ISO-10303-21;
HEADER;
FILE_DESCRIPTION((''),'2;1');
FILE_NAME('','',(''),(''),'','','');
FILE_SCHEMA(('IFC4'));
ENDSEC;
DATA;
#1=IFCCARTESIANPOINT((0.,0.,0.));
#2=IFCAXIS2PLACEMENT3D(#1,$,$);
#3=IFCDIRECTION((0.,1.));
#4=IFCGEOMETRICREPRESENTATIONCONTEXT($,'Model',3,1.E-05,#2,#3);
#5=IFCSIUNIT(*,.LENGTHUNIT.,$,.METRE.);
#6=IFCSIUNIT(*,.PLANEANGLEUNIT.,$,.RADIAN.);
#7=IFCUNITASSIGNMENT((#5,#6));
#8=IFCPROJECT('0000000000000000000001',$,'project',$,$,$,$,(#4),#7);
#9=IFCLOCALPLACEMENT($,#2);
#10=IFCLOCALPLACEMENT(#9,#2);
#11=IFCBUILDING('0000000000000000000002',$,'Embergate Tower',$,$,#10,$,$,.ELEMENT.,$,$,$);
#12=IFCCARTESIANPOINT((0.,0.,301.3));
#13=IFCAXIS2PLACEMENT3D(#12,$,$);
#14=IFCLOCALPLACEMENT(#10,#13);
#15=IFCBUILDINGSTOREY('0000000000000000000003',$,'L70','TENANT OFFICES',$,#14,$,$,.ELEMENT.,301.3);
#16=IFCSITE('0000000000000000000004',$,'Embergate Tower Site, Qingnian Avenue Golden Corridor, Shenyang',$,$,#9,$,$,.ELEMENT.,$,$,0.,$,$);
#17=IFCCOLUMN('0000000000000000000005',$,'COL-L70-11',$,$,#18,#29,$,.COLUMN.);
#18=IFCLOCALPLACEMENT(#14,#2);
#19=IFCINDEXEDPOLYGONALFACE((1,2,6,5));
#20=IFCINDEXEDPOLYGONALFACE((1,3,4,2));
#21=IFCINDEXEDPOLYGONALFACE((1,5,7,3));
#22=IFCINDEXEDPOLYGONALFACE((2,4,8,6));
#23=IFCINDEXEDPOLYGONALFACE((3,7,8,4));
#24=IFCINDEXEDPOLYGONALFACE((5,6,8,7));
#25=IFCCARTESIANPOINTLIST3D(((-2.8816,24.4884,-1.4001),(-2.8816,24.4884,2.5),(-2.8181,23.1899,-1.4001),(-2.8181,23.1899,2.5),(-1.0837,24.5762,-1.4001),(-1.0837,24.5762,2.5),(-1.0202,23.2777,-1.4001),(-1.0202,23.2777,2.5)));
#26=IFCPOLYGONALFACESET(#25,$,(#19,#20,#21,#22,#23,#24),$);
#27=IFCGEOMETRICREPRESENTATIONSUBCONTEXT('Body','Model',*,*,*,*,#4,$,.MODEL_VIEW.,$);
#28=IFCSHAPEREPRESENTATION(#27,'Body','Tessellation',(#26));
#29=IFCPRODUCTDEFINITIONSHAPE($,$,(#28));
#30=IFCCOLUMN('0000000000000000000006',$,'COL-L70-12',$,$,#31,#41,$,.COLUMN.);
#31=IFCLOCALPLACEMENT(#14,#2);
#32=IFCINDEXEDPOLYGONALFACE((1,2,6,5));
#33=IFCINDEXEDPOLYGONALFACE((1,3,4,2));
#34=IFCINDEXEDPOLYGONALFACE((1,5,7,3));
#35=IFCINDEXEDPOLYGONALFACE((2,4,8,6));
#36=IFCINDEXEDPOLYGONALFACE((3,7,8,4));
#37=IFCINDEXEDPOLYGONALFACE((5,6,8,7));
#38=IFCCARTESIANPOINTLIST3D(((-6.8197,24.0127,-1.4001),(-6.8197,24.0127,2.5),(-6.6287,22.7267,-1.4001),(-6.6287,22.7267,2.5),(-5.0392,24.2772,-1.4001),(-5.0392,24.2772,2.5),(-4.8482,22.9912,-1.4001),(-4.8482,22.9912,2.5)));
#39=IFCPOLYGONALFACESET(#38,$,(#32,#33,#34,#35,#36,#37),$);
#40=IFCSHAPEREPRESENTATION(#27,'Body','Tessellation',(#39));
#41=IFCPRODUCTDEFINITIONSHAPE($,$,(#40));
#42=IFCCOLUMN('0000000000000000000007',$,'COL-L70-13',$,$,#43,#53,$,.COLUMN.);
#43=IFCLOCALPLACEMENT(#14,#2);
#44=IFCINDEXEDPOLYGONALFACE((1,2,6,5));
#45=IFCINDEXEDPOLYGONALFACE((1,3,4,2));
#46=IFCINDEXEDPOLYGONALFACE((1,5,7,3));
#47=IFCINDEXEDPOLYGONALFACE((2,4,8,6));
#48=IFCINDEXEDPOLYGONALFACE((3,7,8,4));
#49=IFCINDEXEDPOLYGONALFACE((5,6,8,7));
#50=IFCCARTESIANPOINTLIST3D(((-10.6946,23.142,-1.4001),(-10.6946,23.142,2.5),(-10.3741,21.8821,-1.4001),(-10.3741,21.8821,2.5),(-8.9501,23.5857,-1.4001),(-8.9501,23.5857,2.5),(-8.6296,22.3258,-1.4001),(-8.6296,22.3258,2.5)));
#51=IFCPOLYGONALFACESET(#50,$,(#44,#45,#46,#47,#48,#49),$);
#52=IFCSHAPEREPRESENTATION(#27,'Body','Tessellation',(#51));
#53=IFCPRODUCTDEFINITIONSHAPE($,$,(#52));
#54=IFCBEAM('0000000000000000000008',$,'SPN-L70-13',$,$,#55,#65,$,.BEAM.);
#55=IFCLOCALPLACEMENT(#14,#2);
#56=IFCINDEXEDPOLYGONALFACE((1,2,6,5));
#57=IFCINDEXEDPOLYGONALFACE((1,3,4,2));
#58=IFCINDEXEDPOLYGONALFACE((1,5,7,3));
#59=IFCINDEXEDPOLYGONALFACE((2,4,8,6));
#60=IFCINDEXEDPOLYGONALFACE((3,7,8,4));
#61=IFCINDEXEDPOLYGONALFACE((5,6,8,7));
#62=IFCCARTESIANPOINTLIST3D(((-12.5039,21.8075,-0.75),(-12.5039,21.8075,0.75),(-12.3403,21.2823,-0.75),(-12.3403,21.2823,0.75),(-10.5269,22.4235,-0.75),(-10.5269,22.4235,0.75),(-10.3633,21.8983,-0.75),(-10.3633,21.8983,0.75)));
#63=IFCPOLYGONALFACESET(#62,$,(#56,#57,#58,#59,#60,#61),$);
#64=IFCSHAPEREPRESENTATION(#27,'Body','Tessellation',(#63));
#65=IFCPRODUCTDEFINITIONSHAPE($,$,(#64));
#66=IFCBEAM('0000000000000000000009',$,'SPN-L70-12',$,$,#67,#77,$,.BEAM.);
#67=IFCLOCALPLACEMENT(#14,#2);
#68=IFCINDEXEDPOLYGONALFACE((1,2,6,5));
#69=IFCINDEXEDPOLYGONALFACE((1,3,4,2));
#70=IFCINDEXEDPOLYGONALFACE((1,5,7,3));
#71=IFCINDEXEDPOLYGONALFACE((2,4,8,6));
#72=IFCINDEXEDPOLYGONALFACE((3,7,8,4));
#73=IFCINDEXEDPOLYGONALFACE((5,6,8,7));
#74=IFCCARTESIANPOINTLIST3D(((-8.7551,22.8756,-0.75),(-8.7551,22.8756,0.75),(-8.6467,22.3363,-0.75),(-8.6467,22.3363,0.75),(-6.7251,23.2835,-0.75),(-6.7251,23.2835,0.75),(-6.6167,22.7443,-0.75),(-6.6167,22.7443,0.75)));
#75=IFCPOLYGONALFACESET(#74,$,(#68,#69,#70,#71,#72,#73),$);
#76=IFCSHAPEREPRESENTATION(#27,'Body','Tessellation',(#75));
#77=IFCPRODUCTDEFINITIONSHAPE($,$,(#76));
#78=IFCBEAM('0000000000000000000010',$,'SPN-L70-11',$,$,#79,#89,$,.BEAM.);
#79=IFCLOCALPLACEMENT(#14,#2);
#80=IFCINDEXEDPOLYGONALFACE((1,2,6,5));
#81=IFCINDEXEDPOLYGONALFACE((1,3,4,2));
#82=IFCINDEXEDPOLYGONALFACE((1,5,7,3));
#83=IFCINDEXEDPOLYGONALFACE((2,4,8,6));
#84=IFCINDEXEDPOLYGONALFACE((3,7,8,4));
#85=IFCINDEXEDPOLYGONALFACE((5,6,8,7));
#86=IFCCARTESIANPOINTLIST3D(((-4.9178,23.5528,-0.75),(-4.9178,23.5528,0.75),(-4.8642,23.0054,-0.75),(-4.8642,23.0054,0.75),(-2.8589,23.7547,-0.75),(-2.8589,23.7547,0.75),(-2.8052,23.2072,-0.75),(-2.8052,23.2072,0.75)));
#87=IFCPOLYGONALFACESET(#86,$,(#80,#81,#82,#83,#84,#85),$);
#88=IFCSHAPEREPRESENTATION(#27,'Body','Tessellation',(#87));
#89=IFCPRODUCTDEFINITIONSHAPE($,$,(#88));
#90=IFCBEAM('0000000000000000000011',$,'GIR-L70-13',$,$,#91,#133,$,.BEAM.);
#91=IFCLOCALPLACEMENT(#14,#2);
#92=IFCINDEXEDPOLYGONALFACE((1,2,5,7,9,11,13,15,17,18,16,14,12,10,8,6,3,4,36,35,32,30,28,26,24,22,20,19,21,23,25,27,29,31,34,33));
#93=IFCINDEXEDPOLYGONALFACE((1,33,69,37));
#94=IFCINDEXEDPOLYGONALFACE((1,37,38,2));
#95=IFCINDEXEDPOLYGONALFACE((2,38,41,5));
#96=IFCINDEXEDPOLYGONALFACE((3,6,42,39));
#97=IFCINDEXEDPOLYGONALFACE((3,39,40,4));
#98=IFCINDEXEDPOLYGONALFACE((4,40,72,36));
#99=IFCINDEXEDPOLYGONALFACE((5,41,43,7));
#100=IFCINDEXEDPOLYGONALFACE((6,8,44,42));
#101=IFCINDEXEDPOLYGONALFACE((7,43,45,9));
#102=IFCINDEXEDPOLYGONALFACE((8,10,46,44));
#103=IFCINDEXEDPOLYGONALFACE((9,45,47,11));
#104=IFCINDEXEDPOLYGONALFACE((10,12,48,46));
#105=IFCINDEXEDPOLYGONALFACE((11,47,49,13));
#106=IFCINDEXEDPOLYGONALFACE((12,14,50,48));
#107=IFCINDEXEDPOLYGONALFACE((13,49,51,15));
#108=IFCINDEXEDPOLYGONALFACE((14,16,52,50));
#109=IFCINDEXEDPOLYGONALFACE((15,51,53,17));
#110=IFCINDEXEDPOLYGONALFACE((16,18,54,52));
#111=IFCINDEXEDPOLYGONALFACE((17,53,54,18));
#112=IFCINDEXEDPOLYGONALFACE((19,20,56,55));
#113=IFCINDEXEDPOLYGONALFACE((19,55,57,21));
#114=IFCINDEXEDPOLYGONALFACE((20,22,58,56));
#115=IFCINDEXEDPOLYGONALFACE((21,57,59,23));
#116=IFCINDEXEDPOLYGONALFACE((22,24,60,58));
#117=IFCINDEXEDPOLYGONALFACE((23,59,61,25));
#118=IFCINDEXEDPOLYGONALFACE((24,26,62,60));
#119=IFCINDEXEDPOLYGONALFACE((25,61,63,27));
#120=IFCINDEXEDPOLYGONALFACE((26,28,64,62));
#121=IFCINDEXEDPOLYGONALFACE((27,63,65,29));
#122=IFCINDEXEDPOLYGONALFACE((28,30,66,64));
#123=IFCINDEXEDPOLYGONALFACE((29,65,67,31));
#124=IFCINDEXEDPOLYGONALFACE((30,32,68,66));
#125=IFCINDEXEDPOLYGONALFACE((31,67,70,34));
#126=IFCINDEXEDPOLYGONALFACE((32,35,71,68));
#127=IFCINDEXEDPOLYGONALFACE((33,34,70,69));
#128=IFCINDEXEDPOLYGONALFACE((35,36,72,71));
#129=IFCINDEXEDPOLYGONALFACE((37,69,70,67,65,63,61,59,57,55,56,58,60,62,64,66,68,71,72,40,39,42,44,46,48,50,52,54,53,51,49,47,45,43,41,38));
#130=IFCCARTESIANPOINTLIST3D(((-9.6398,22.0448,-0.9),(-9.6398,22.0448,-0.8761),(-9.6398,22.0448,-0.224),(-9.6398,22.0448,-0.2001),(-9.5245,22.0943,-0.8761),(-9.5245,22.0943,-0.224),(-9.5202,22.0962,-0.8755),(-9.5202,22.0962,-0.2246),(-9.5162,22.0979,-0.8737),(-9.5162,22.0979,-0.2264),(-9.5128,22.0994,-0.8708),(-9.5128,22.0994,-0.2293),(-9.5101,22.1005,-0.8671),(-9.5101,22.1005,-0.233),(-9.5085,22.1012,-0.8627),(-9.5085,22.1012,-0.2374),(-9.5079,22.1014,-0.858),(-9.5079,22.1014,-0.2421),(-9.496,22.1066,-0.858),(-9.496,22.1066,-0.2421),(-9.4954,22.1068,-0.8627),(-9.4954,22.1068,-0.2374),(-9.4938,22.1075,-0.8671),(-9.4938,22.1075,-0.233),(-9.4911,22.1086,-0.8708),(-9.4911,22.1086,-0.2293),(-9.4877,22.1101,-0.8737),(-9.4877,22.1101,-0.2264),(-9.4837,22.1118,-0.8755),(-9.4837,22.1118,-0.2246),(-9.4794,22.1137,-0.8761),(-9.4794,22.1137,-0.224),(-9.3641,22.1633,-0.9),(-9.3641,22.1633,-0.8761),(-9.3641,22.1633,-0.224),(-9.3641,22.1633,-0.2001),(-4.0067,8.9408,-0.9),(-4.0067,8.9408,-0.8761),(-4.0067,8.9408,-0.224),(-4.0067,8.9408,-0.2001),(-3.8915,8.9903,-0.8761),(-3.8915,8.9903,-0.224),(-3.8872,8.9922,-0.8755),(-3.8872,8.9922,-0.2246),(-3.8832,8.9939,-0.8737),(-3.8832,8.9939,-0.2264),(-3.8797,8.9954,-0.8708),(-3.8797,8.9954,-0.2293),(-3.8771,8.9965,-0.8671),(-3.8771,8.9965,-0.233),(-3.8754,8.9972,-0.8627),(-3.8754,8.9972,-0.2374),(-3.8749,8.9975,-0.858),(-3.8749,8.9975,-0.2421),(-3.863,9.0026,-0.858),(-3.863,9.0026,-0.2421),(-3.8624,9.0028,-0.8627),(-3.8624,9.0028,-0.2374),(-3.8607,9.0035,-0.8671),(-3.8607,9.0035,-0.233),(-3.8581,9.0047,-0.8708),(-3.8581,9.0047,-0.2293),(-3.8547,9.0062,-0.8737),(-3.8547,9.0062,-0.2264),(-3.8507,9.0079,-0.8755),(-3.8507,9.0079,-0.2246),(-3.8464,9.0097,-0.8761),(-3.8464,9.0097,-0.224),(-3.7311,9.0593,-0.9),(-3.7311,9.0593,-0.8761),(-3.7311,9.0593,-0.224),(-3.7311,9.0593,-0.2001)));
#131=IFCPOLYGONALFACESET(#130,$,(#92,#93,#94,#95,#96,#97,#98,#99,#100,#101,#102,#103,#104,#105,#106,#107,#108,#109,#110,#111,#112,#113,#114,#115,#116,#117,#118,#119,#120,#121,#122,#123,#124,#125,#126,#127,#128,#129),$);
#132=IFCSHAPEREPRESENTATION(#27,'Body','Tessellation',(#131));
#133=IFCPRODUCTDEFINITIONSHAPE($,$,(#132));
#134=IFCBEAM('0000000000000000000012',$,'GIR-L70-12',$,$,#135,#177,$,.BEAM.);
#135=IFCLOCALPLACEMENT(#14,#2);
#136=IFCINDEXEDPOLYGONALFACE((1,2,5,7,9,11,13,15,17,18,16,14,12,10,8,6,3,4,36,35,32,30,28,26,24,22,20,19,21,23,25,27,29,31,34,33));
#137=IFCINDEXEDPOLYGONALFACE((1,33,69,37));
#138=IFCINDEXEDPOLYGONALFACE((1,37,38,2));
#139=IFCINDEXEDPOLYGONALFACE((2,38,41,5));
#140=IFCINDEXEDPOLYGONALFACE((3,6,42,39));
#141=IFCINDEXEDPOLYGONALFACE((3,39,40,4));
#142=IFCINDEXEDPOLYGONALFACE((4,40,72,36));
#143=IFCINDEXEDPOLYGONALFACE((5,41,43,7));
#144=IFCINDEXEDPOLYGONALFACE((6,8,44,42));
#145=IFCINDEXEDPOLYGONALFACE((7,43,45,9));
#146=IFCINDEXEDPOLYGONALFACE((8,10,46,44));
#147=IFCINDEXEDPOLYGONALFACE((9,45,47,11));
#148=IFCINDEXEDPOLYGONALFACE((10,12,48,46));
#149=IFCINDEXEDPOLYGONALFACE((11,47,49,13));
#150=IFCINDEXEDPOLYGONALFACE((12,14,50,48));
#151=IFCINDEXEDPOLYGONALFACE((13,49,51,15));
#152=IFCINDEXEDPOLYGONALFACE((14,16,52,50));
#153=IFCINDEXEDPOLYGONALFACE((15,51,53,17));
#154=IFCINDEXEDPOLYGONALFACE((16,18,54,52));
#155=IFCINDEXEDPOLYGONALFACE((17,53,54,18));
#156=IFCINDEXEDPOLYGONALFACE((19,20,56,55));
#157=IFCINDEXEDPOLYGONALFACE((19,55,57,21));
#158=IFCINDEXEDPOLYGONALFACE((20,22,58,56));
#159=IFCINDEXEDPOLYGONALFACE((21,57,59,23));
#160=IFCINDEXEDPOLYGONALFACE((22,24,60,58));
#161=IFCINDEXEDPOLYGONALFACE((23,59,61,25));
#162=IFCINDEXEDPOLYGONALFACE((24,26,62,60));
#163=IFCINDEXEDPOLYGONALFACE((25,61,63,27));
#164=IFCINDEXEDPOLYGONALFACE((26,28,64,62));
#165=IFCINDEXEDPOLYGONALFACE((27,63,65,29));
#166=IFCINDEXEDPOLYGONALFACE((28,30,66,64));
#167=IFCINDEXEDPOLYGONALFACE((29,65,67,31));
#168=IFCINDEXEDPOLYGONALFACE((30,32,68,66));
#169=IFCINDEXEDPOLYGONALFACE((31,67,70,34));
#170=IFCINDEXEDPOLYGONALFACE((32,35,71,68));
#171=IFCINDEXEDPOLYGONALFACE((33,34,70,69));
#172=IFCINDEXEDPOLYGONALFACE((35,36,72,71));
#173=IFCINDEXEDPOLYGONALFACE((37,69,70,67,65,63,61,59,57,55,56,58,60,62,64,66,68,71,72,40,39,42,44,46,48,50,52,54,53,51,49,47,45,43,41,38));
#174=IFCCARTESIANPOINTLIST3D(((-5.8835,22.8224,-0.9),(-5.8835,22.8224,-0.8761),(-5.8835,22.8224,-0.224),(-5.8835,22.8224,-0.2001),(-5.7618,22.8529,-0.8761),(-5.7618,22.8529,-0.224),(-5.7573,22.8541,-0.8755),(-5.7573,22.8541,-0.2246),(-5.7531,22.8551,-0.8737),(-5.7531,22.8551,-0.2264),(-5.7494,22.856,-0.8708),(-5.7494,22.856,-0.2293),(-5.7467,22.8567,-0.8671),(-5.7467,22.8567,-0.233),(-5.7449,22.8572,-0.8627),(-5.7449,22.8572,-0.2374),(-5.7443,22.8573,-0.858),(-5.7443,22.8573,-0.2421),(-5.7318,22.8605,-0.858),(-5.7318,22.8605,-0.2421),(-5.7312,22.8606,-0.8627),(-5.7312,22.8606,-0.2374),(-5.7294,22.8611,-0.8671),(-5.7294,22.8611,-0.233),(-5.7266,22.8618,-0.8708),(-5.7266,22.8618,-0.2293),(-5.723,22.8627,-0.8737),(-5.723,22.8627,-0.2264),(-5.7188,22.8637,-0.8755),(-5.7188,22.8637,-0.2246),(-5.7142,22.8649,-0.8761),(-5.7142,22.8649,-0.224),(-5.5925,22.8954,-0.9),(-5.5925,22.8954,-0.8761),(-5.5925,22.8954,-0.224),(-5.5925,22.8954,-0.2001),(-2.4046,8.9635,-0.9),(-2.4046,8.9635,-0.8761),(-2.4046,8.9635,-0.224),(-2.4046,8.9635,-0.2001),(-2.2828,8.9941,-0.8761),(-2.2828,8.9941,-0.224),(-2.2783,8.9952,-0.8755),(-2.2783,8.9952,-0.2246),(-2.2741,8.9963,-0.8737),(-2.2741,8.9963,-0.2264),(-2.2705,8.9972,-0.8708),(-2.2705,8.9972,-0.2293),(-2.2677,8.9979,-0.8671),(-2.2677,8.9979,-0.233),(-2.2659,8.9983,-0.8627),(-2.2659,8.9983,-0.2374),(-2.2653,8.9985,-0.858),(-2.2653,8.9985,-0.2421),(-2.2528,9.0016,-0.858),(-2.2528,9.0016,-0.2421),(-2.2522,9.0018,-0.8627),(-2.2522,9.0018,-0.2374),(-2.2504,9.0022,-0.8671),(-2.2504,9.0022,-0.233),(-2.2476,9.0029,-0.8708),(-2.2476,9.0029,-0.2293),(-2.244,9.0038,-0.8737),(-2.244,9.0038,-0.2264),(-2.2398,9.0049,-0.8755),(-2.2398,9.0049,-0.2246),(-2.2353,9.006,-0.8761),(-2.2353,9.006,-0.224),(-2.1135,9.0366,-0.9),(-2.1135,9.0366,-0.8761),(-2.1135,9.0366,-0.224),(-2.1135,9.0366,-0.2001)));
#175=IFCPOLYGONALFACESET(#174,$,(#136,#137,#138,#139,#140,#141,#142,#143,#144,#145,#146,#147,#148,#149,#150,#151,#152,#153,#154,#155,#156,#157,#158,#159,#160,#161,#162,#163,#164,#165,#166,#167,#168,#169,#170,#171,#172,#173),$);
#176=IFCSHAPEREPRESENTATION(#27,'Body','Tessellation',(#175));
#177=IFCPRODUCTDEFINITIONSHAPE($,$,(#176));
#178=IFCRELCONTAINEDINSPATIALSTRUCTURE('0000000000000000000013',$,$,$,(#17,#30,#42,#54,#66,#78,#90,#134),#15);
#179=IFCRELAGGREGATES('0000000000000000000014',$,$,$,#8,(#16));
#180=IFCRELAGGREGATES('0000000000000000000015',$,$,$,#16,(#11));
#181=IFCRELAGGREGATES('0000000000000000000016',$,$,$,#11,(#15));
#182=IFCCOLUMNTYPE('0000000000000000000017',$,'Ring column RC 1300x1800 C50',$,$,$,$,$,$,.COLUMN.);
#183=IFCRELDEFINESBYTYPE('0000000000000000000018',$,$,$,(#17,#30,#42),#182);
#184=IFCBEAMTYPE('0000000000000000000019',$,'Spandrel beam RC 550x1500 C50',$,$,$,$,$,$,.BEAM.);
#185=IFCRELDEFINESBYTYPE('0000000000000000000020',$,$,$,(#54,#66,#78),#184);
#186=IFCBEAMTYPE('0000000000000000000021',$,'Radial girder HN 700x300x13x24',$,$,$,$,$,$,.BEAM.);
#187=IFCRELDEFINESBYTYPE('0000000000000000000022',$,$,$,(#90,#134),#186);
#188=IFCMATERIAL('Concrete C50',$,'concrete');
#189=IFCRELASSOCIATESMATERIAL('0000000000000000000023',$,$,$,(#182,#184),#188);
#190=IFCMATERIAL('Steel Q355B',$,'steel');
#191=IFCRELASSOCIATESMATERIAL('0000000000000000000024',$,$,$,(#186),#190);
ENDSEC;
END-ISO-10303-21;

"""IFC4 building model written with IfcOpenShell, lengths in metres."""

from ifc_helpers import new_model, si_unit, direction, frame, origin, origin_2d, place, context, subcontext, project, spatial, rectangle, i_section, extrude, source, transform, mapped, material, material_profile, profile_set, type_object, element, save


model = new_model("IFC4")

# Units and contexts
model_context = context("Model", 3, precision=1e-05, world=origin(), true_north=direction((0.0, 1.0)))
body_context = subcontext(model_context, "Body", "Model", "MODEL_VIEW")
ifc_project = project(units=[si_unit("LENGTHUNIT", "METRE"), si_unit("PLANEANGLEUNIT", "RADIAN")], contexts=[model_context])

# Site, building, storey
site_placement = place(None, origin())
site = spatial("IfcSite", under=ifc_project, at=site_placement, Name="Embergate Tower Site, Qingnian Avenue Golden Corridor, Shenyang", CompositionType="ELEMENT", RefElevation=0.0)
building_placement = place(site_placement, origin())
building = spatial("IfcBuilding", under=site, at=building_placement, Name="Embergate Tower", CompositionType="ELEMENT")
storey_placement = place(building_placement, frame((0.0, 0.0, 301.3)))
storey = spatial("IfcBuildingStorey", under=building, at=storey_placement, Name="L70", Description="TENANT OFFICES", CompositionType="ELEMENT", Elevation=301.3)

# Columns
ifc_material_1 = material(Name="Concrete C50", Category="concrete")
ifc_material_profile_1 = material_profile(ifc_material_1, rectangle(XDim=1.3, YDim=1.8, at=origin_2d()), Name="RC 1300x1800")
ifc_profile_set_1 = profile_set([ifc_material_profile_1], Name="Concrete C50")
column_type = type_object("IfcColumnType", Name="Ring column RC 1300x1800 C50", PredefinedType="COLUMN", material=ifc_profile_set_1)
shared_shape_1 = source(origin(), body_context, "Body", "SweptSolid", [
    extrude(rectangle(XDim=1.3, YDim=1.8, at=origin_2d()), origin(), (0.0, 0.0, 1.0), 3.9001),
])
for number, where, z_axis, x_axis, name in (
    (1, (-1.9509, 23.8831, -1.4001), (0.0, 0.0, 1.0), (-0.048815, 0.998808, 0.0), "COL-L70-11"),
    (2, (-5.834, 23.502, -1.4001), (0.0, 0.0, 1.0), (-0.146929, 0.989147, 0.0), "COL-L70-12"),
    (3, (-9.6621, 22.7339, -1.4001), (0.0, 0.0, 1.0), (-0.246509, 0.969141, 0.0), "COL-L70-13"),
):
    element("IfcColumn", number, at=place(storey_placement, frame(where, z_axis=z_axis, x_axis=x_axis)), inside=storey, type_object=column_type, Name=name, PredefinedType="COLUMN", context=body_context, shape_type="MappedRepresentation", body=[
        mapped(shared_shape_1, transform((0.0, 0.0, 0.0))),
    ])

# Beams
ifc_material_profile_2 = material_profile(ifc_material_1, rectangle(XDim=0.55, YDim=1.5, at=origin_2d()), Name="RC 550x1500")
ifc_profile_set_2 = profile_set([ifc_material_profile_2], Name="Concrete C50")
beam_type_1 = type_object("IfcBeamType", Name="Spandrel beam RC 550x1500 C50", PredefinedType="BEAM", material=ifc_profile_set_2)
shared_shape_2 = source(origin(), body_context, "Body", "SweptSolid", [
    extrude(rectangle(XDim=0.55, YDim=1.5, at=origin_2d()), origin(), (0.0, 0.0, 1.0), 2.0708),
])
beam_1_placement = place(storey_placement, frame((-10.4451, 22.1609, 0.0), z_axis=(-0.954736, -0.297456, 0.0), x_axis=(0.297456, -0.954736, 0.0)))
element("IfcBeam", 4, at=beam_1_placement, inside=storey, type_object=beam_type_1, Name="SPN-L70-13", PredefinedType="BEAM", context=body_context, shape_type="MappedRepresentation", body=[
    mapped(shared_shape_2, transform((0.0, 0.0, 0.0))),
])
shared_shape_3 = source(origin(), body_context, "Body", "SweptSolid", [
    extrude(rectangle(XDim=0.55, YDim=1.5, at=origin_2d()), origin(), (0.0, 0.0, 1.0), 2.0706),
])
beam_2_placement = place(storey_placement, frame((-6.6709, 23.0139, 0.0), z_axis=(-0.980399, -0.197023, 0.0), x_axis=(0.197023, -0.980399, 0.0)))
element("IfcBeam", 5, at=beam_2_placement, inside=storey, type_object=beam_type_1, Name="SPN-L70-12", PredefinedType="BEAM", context=body_context, shape_type="MappedRepresentation", body=[
    mapped(shared_shape_3, transform((0.0, 0.0, 0.0))),
])
shared_shape_4 = source(origin(), body_context, "Body", "SweptSolid", [
    extrude(rectangle(XDim=0.55, YDim=1.5, at=origin_2d()), origin(), (0.0, 0.0, 1.0), 2.0688),
])
beam_3_placement = place(storey_placement, frame((-2.832, 23.481, 0.0), z_axis=(-0.995227, -0.097587, 0.0), x_axis=(0.097587, -0.995227, 0.0)))
element("IfcBeam", 6, at=beam_3_placement, inside=storey, type_object=beam_type_1, Name="SPN-L70-11", PredefinedType="BEAM", context=body_context, shape_type="MappedRepresentation", body=[
    mapped(shared_shape_4, transform((0.0, 0.0, 0.0))),
])
ifc_material_2 = material(Name="Steel Q355B", Category="steel")
ifc_material_profile_3 = material_profile(ifc_material_2, i_section(OverallWidth=0.3, OverallDepth=0.7, WebThickness=0.0129, FlangeThickness=0.0239, FilletRadius=0.0181, at=origin_2d()), Name="HN 700x300x13x24")
ifc_profile_set_3 = profile_set([ifc_material_profile_3], Name="Steel Q355 grade B")
beam_type_2 = type_object("IfcBeamType", Name="Radial girder HN 700x300x13x24", PredefinedType="BEAM", material=ifc_profile_set_3)
shared_shape_5 = source(origin(), body_context, "Body", "SweptSolid", [
    extrude(i_section(OverallWidth=0.3, OverallDepth=0.7, WebThickness=0.0129, FlangeThickness=0.0239, FilletRadius=0.0181, at=origin_2d()), origin(), (0.0, 0.0, 1.0), 14.2634),
])
beam_4_placement = place(storey_placement, frame((-9.502, 22.104, -0.55), z_axis=(0.394929, -0.918712, 0.0), x_axis=(0.918712, 0.394929, 0.0)))
element("IfcBeam", 7, at=beam_4_placement, inside=storey, type_object=beam_type_2, Name="GIR-L70-13", PredefinedType="BEAM", context=body_context, shape_type="MappedRepresentation", body=[
    mapped(shared_shape_5, transform((0.0, 0.0, 0.0))),
])
shared_shape_6 = source(origin(), body_context, "Body", "SweptSolid", [
    extrude(i_section(OverallWidth=0.3, OverallDepth=0.7, WebThickness=0.0129, FlangeThickness=0.0239, FilletRadius=0.0181, at=origin_2d()), origin(), (0.0, 0.0, 1.0), 14.2888),
])
beam_5_placement = place(storey_placement, frame((-5.738, 22.8589, -0.55), z_axis=(0.243476, -0.969907, 0.0), x_axis=(0.969907, 0.243476, 0.0)))
element("IfcBeam", 8, at=beam_5_placement, inside=storey, type_object=beam_type_2, Name="GIR-L70-12", PredefinedType="BEAM", context=body_context, shape_type="MappedRepresentation", body=[
    mapped(shared_shape_6, transform((0.0, 0.0, 0.0))),
])

save(model, "model.ifc")
